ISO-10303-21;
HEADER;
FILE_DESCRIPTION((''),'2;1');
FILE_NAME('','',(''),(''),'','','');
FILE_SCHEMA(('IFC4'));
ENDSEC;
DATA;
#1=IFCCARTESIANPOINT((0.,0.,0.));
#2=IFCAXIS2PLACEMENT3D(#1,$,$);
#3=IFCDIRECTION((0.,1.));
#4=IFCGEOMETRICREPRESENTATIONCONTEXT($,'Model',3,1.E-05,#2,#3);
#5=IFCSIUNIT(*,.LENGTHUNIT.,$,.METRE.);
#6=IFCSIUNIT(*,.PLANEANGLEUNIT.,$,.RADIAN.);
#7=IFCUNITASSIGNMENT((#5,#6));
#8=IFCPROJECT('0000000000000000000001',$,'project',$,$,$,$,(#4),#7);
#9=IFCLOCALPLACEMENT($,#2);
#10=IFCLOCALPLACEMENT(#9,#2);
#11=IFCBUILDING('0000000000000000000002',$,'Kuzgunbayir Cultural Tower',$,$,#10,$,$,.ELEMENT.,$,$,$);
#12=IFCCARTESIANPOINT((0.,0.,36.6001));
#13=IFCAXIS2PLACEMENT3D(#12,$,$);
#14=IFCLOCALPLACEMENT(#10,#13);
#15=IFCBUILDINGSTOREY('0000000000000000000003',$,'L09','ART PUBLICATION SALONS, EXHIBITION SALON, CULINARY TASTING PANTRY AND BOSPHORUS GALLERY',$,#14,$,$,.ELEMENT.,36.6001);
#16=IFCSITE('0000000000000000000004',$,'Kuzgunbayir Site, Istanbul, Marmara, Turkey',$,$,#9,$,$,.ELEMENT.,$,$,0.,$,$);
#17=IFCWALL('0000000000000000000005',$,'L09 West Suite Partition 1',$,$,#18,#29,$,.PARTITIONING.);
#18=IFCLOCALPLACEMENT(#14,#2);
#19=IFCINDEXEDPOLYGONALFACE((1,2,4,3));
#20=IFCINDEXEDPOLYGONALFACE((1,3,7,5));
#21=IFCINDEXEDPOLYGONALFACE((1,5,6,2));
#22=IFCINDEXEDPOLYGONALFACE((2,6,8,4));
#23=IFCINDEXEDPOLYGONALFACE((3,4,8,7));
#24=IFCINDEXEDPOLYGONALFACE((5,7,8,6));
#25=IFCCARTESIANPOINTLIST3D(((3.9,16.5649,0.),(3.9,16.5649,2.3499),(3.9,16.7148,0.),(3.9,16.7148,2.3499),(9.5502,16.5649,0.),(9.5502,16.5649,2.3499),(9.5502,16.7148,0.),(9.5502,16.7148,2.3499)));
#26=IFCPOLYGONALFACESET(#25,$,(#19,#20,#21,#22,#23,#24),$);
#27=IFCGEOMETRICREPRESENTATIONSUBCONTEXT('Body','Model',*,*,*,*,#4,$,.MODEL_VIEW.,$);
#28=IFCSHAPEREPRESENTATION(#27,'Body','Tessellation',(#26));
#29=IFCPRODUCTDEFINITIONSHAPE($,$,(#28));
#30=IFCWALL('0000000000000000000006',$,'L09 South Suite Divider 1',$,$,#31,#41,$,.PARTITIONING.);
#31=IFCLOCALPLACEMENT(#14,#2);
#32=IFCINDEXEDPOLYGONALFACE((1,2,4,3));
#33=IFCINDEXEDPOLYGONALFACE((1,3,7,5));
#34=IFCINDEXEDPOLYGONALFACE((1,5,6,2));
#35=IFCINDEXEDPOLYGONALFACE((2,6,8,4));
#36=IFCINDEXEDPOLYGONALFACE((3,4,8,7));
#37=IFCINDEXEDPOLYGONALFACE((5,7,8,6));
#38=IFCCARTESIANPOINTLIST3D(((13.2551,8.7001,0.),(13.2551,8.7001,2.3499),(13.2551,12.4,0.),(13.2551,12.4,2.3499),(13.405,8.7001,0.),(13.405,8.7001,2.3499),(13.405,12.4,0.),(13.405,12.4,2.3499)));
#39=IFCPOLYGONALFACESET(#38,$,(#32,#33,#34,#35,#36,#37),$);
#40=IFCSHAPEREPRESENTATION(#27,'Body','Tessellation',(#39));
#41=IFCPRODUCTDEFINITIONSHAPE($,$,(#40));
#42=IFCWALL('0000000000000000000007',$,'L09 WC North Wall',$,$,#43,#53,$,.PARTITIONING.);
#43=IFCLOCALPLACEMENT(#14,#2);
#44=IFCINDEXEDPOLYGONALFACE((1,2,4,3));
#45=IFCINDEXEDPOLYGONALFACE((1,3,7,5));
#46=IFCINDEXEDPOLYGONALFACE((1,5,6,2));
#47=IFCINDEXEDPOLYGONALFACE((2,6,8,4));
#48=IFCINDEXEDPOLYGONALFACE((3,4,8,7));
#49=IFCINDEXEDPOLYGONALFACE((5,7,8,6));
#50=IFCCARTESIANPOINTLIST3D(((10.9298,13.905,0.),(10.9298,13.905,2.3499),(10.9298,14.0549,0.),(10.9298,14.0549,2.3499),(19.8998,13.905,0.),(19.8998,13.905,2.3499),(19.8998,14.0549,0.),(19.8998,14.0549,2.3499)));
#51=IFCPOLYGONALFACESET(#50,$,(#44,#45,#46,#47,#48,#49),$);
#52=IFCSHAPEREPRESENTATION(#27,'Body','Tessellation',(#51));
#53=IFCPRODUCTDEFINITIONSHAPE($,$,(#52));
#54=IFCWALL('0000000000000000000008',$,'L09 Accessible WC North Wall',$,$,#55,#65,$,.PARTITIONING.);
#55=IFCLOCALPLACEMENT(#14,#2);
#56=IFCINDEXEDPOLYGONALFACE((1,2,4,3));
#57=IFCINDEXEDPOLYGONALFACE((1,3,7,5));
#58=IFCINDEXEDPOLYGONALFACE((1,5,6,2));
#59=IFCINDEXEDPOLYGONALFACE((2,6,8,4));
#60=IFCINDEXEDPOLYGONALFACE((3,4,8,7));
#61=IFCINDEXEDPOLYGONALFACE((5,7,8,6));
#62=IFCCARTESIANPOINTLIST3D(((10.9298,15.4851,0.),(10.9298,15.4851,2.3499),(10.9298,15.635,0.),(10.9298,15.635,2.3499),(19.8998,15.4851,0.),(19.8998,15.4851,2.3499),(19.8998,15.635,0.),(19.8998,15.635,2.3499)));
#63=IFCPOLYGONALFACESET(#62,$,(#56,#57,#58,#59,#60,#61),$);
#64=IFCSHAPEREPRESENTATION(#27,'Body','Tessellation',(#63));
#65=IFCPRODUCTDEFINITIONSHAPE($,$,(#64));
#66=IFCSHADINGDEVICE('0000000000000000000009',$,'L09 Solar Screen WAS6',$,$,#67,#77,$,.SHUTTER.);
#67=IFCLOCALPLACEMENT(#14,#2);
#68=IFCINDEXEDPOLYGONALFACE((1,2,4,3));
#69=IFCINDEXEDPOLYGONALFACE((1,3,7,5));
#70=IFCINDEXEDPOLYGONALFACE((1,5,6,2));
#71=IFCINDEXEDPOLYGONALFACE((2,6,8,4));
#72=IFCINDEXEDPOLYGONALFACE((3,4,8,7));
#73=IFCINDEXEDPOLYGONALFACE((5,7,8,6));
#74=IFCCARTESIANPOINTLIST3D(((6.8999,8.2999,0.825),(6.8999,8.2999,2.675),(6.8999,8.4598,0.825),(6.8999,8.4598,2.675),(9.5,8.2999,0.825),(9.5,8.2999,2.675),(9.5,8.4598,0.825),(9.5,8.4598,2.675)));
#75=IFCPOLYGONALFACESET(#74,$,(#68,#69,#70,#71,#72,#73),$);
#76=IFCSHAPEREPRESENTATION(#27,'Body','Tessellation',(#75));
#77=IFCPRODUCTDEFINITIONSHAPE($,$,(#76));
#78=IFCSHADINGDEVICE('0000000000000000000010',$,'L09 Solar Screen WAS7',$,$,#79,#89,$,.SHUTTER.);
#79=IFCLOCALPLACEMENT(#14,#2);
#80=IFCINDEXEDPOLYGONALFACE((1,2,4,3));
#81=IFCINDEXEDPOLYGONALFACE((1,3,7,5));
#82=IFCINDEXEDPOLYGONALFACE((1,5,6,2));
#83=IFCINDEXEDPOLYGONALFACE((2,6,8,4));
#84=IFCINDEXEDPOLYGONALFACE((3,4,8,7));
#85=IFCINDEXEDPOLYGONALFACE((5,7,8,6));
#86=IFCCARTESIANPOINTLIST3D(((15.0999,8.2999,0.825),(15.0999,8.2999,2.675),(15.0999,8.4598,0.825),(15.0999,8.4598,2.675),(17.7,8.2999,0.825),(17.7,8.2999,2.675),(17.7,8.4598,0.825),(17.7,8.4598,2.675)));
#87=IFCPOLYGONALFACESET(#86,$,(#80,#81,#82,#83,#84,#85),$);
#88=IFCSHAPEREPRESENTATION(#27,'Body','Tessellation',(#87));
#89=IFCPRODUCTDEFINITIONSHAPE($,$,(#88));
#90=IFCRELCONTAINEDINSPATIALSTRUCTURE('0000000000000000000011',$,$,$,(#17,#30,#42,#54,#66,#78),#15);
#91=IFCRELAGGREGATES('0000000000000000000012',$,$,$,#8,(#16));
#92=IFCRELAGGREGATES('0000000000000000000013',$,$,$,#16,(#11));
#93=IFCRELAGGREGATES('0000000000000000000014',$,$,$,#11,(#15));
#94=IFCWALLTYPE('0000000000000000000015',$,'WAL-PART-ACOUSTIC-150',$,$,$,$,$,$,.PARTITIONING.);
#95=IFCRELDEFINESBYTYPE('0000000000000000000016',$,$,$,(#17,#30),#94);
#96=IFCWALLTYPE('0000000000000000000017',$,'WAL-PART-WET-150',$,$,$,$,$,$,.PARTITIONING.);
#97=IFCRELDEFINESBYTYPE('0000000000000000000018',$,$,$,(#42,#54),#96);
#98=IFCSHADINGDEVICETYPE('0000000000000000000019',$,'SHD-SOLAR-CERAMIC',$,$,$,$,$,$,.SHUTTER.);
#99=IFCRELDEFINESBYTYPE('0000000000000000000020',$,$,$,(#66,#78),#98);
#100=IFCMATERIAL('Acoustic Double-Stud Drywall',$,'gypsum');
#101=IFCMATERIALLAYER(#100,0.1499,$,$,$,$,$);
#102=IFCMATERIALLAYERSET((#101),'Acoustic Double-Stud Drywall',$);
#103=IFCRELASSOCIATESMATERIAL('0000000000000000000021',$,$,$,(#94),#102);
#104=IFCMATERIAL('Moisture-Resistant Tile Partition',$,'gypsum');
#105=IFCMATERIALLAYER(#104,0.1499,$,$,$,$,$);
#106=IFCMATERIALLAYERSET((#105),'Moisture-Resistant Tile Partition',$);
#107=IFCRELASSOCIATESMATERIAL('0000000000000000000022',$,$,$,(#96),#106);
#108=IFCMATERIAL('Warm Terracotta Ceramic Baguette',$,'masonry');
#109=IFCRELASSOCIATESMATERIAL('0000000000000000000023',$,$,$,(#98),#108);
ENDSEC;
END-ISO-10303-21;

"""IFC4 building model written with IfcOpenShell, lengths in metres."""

from ifc_helpers import new_model, si_unit, direction, frame, frame_2d, origin, origin_2d, place, context, subcontext, project, spatial, rectangle, extrude, material, layer, layer_set, type_object, element, save


model = new_model("IFC4")

# Units and contexts
model_context = context("Model", 3, precision=1e-05, world=origin(), true_north=direction((0.0, 1.0)))
body_context = subcontext(model_context, "Body", "Model", "MODEL_VIEW")
ifc_project = project(units=[si_unit("LENGTHUNIT", "METRE"), si_unit("PLANEANGLEUNIT", "RADIAN")], contexts=[model_context])

# Site, building, storey
site_placement = place(None, origin())
site = spatial("IfcSite", under=ifc_project, at=site_placement, Name="Kuzgunbayir Site, Istanbul, Marmara, Turkey", CompositionType="ELEMENT", RefElevation=0.0)
building_placement = place(site_placement, origin())
building = spatial("IfcBuilding", under=site, at=building_placement, Name="Kuzgunbayir Cultural Tower", CompositionType="ELEMENT")
storey_placement = place(building_placement, frame((0.0, 0.0, 36.6001)))
storey = spatial("IfcBuildingStorey", under=building, at=storey_placement, Name="L09", Description="ART PUBLICATION SALONS, EXHIBITION SALON, CULINARY TASTING PANTRY AND BOSPHORUS GALLERY", CompositionType="ELEMENT", Elevation=36.6001)

# Walls
ifc_material_1 = material(Name="Acoustic Double-Stud Drywall", Category="gypsum")
ifc_layer_1 = layer(ifc_material_1, 0.1499)
ifc_layer_set_1 = layer_set([ifc_layer_1], Name="Acoustic Double-Stud Drywall")
wall_type_1 = type_object("IfcWallType", Name="WAL-PART-ACOUSTIC-150", PredefinedType="PARTITIONING", material=ifc_layer_set_1)
wall_1_placement = place(storey_placement, frame((3.8999, 16.6399, 0.0), z_axis=(0.0, 0.0, 1.0), x_axis=(1.0, 0.0, 0.0)))
element("IfcWall", 1, at=wall_1_placement, inside=storey, type_object=wall_type_1, Name="L09 West Suite Partition 1", PredefinedType="PARTITIONING", context=body_context, shape_type="SweptSolid", body=[
    extrude(rectangle(XDim=5.6501, YDim=0.1499, at=frame_2d((2.8252, 0.0))), origin(), (0.0, 0.0, 1.0), 2.3499),
])
wall_2_placement = place(storey_placement, frame((13.3301, 8.7, 0.0), z_axis=(0.0, 0.0, 1.0), x_axis=(0.0, 1.0, 0.0)))
element("IfcWall", 2, at=wall_2_placement, inside=storey, type_object=wall_type_1, Name="L09 South Suite Divider 1", PredefinedType="PARTITIONING", context=body_context, shape_type="SweptSolid", body=[
    extrude(rectangle(XDim=3.7, YDim=0.1499, at=frame_2d((1.8501, 0.0))), origin(), (0.0, 0.0, 1.0), 2.3499),
])

# Walls
ifc_material_2 = material(Name="Moisture-Resistant Tile Partition", Category="gypsum")
ifc_layer_2 = layer(ifc_material_2, 0.1499)
ifc_layer_set_2 = layer_set([ifc_layer_2], Name="Moisture-Resistant Tile Partition")
wall_type_2 = type_object("IfcWallType", Name="WAL-PART-WET-150", PredefinedType="PARTITIONING", material=ifc_layer_set_2)
for number, where, z_axis, x_axis, name in (
    (3, (10.9299, 13.98, 0.0), (0.0, 0.0, 1.0), (1.0, 0.0, 0.0), "L09 WC North Wall"),
    (4, (10.9299, 15.5601, 0.0), (0.0, 0.0, 1.0), (1.0, 0.0, 0.0), "L09 Accessible WC North Wall"),
):
    element("IfcWall", number, at=place(storey_placement, frame(where, z_axis=z_axis, x_axis=x_axis)), inside=storey, type_object=wall_type_2, Name=name, PredefinedType="PARTITIONING", context=body_context, shape_type="SweptSolid", body=[
        extrude(rectangle(XDim=8.97, YDim=0.1499, at=frame_2d((4.4849, 0.0))), origin(), (0.0, 0.0, 1.0), 2.3499),
    ])

# Shading devices
ifc_material_3 = material(Name="Warm Terracotta Ceramic Baguette", Category="masonry")
shading_device_type = type_object("IfcShadingDeviceType", Name="SHD-SOLAR-CERAMIC", PredefinedType="SHUTTER", material=ifc_material_3)
for number, where, z_axis, x_axis, name in (
    (5, (8.2, 8.3799, 0.825), (0.0, 0.0, 1.0), (1.0, 0.0, 0.0), "L09 Solar Screen WAS6"),
    (6, (16.3999, 8.3799, 0.825), (0.0, 0.0, 1.0), (1.0, 0.0, 0.0), "L09 Solar Screen WAS7"),
):
    element("IfcShadingDevice", number, at=place(storey_placement, frame(where, z_axis=z_axis, x_axis=x_axis)), inside=storey, type_object=shading_device_type, Name=name, PredefinedType="SHUTTER", context=body_context, shape_type="SweptSolid", body=[
        extrude(rectangle(XDim=2.6001, YDim=0.1599, at=origin_2d()), origin(), (0.0, 0.0, 1.0), 1.8501),
    ])

save(model, "model.ifc")
